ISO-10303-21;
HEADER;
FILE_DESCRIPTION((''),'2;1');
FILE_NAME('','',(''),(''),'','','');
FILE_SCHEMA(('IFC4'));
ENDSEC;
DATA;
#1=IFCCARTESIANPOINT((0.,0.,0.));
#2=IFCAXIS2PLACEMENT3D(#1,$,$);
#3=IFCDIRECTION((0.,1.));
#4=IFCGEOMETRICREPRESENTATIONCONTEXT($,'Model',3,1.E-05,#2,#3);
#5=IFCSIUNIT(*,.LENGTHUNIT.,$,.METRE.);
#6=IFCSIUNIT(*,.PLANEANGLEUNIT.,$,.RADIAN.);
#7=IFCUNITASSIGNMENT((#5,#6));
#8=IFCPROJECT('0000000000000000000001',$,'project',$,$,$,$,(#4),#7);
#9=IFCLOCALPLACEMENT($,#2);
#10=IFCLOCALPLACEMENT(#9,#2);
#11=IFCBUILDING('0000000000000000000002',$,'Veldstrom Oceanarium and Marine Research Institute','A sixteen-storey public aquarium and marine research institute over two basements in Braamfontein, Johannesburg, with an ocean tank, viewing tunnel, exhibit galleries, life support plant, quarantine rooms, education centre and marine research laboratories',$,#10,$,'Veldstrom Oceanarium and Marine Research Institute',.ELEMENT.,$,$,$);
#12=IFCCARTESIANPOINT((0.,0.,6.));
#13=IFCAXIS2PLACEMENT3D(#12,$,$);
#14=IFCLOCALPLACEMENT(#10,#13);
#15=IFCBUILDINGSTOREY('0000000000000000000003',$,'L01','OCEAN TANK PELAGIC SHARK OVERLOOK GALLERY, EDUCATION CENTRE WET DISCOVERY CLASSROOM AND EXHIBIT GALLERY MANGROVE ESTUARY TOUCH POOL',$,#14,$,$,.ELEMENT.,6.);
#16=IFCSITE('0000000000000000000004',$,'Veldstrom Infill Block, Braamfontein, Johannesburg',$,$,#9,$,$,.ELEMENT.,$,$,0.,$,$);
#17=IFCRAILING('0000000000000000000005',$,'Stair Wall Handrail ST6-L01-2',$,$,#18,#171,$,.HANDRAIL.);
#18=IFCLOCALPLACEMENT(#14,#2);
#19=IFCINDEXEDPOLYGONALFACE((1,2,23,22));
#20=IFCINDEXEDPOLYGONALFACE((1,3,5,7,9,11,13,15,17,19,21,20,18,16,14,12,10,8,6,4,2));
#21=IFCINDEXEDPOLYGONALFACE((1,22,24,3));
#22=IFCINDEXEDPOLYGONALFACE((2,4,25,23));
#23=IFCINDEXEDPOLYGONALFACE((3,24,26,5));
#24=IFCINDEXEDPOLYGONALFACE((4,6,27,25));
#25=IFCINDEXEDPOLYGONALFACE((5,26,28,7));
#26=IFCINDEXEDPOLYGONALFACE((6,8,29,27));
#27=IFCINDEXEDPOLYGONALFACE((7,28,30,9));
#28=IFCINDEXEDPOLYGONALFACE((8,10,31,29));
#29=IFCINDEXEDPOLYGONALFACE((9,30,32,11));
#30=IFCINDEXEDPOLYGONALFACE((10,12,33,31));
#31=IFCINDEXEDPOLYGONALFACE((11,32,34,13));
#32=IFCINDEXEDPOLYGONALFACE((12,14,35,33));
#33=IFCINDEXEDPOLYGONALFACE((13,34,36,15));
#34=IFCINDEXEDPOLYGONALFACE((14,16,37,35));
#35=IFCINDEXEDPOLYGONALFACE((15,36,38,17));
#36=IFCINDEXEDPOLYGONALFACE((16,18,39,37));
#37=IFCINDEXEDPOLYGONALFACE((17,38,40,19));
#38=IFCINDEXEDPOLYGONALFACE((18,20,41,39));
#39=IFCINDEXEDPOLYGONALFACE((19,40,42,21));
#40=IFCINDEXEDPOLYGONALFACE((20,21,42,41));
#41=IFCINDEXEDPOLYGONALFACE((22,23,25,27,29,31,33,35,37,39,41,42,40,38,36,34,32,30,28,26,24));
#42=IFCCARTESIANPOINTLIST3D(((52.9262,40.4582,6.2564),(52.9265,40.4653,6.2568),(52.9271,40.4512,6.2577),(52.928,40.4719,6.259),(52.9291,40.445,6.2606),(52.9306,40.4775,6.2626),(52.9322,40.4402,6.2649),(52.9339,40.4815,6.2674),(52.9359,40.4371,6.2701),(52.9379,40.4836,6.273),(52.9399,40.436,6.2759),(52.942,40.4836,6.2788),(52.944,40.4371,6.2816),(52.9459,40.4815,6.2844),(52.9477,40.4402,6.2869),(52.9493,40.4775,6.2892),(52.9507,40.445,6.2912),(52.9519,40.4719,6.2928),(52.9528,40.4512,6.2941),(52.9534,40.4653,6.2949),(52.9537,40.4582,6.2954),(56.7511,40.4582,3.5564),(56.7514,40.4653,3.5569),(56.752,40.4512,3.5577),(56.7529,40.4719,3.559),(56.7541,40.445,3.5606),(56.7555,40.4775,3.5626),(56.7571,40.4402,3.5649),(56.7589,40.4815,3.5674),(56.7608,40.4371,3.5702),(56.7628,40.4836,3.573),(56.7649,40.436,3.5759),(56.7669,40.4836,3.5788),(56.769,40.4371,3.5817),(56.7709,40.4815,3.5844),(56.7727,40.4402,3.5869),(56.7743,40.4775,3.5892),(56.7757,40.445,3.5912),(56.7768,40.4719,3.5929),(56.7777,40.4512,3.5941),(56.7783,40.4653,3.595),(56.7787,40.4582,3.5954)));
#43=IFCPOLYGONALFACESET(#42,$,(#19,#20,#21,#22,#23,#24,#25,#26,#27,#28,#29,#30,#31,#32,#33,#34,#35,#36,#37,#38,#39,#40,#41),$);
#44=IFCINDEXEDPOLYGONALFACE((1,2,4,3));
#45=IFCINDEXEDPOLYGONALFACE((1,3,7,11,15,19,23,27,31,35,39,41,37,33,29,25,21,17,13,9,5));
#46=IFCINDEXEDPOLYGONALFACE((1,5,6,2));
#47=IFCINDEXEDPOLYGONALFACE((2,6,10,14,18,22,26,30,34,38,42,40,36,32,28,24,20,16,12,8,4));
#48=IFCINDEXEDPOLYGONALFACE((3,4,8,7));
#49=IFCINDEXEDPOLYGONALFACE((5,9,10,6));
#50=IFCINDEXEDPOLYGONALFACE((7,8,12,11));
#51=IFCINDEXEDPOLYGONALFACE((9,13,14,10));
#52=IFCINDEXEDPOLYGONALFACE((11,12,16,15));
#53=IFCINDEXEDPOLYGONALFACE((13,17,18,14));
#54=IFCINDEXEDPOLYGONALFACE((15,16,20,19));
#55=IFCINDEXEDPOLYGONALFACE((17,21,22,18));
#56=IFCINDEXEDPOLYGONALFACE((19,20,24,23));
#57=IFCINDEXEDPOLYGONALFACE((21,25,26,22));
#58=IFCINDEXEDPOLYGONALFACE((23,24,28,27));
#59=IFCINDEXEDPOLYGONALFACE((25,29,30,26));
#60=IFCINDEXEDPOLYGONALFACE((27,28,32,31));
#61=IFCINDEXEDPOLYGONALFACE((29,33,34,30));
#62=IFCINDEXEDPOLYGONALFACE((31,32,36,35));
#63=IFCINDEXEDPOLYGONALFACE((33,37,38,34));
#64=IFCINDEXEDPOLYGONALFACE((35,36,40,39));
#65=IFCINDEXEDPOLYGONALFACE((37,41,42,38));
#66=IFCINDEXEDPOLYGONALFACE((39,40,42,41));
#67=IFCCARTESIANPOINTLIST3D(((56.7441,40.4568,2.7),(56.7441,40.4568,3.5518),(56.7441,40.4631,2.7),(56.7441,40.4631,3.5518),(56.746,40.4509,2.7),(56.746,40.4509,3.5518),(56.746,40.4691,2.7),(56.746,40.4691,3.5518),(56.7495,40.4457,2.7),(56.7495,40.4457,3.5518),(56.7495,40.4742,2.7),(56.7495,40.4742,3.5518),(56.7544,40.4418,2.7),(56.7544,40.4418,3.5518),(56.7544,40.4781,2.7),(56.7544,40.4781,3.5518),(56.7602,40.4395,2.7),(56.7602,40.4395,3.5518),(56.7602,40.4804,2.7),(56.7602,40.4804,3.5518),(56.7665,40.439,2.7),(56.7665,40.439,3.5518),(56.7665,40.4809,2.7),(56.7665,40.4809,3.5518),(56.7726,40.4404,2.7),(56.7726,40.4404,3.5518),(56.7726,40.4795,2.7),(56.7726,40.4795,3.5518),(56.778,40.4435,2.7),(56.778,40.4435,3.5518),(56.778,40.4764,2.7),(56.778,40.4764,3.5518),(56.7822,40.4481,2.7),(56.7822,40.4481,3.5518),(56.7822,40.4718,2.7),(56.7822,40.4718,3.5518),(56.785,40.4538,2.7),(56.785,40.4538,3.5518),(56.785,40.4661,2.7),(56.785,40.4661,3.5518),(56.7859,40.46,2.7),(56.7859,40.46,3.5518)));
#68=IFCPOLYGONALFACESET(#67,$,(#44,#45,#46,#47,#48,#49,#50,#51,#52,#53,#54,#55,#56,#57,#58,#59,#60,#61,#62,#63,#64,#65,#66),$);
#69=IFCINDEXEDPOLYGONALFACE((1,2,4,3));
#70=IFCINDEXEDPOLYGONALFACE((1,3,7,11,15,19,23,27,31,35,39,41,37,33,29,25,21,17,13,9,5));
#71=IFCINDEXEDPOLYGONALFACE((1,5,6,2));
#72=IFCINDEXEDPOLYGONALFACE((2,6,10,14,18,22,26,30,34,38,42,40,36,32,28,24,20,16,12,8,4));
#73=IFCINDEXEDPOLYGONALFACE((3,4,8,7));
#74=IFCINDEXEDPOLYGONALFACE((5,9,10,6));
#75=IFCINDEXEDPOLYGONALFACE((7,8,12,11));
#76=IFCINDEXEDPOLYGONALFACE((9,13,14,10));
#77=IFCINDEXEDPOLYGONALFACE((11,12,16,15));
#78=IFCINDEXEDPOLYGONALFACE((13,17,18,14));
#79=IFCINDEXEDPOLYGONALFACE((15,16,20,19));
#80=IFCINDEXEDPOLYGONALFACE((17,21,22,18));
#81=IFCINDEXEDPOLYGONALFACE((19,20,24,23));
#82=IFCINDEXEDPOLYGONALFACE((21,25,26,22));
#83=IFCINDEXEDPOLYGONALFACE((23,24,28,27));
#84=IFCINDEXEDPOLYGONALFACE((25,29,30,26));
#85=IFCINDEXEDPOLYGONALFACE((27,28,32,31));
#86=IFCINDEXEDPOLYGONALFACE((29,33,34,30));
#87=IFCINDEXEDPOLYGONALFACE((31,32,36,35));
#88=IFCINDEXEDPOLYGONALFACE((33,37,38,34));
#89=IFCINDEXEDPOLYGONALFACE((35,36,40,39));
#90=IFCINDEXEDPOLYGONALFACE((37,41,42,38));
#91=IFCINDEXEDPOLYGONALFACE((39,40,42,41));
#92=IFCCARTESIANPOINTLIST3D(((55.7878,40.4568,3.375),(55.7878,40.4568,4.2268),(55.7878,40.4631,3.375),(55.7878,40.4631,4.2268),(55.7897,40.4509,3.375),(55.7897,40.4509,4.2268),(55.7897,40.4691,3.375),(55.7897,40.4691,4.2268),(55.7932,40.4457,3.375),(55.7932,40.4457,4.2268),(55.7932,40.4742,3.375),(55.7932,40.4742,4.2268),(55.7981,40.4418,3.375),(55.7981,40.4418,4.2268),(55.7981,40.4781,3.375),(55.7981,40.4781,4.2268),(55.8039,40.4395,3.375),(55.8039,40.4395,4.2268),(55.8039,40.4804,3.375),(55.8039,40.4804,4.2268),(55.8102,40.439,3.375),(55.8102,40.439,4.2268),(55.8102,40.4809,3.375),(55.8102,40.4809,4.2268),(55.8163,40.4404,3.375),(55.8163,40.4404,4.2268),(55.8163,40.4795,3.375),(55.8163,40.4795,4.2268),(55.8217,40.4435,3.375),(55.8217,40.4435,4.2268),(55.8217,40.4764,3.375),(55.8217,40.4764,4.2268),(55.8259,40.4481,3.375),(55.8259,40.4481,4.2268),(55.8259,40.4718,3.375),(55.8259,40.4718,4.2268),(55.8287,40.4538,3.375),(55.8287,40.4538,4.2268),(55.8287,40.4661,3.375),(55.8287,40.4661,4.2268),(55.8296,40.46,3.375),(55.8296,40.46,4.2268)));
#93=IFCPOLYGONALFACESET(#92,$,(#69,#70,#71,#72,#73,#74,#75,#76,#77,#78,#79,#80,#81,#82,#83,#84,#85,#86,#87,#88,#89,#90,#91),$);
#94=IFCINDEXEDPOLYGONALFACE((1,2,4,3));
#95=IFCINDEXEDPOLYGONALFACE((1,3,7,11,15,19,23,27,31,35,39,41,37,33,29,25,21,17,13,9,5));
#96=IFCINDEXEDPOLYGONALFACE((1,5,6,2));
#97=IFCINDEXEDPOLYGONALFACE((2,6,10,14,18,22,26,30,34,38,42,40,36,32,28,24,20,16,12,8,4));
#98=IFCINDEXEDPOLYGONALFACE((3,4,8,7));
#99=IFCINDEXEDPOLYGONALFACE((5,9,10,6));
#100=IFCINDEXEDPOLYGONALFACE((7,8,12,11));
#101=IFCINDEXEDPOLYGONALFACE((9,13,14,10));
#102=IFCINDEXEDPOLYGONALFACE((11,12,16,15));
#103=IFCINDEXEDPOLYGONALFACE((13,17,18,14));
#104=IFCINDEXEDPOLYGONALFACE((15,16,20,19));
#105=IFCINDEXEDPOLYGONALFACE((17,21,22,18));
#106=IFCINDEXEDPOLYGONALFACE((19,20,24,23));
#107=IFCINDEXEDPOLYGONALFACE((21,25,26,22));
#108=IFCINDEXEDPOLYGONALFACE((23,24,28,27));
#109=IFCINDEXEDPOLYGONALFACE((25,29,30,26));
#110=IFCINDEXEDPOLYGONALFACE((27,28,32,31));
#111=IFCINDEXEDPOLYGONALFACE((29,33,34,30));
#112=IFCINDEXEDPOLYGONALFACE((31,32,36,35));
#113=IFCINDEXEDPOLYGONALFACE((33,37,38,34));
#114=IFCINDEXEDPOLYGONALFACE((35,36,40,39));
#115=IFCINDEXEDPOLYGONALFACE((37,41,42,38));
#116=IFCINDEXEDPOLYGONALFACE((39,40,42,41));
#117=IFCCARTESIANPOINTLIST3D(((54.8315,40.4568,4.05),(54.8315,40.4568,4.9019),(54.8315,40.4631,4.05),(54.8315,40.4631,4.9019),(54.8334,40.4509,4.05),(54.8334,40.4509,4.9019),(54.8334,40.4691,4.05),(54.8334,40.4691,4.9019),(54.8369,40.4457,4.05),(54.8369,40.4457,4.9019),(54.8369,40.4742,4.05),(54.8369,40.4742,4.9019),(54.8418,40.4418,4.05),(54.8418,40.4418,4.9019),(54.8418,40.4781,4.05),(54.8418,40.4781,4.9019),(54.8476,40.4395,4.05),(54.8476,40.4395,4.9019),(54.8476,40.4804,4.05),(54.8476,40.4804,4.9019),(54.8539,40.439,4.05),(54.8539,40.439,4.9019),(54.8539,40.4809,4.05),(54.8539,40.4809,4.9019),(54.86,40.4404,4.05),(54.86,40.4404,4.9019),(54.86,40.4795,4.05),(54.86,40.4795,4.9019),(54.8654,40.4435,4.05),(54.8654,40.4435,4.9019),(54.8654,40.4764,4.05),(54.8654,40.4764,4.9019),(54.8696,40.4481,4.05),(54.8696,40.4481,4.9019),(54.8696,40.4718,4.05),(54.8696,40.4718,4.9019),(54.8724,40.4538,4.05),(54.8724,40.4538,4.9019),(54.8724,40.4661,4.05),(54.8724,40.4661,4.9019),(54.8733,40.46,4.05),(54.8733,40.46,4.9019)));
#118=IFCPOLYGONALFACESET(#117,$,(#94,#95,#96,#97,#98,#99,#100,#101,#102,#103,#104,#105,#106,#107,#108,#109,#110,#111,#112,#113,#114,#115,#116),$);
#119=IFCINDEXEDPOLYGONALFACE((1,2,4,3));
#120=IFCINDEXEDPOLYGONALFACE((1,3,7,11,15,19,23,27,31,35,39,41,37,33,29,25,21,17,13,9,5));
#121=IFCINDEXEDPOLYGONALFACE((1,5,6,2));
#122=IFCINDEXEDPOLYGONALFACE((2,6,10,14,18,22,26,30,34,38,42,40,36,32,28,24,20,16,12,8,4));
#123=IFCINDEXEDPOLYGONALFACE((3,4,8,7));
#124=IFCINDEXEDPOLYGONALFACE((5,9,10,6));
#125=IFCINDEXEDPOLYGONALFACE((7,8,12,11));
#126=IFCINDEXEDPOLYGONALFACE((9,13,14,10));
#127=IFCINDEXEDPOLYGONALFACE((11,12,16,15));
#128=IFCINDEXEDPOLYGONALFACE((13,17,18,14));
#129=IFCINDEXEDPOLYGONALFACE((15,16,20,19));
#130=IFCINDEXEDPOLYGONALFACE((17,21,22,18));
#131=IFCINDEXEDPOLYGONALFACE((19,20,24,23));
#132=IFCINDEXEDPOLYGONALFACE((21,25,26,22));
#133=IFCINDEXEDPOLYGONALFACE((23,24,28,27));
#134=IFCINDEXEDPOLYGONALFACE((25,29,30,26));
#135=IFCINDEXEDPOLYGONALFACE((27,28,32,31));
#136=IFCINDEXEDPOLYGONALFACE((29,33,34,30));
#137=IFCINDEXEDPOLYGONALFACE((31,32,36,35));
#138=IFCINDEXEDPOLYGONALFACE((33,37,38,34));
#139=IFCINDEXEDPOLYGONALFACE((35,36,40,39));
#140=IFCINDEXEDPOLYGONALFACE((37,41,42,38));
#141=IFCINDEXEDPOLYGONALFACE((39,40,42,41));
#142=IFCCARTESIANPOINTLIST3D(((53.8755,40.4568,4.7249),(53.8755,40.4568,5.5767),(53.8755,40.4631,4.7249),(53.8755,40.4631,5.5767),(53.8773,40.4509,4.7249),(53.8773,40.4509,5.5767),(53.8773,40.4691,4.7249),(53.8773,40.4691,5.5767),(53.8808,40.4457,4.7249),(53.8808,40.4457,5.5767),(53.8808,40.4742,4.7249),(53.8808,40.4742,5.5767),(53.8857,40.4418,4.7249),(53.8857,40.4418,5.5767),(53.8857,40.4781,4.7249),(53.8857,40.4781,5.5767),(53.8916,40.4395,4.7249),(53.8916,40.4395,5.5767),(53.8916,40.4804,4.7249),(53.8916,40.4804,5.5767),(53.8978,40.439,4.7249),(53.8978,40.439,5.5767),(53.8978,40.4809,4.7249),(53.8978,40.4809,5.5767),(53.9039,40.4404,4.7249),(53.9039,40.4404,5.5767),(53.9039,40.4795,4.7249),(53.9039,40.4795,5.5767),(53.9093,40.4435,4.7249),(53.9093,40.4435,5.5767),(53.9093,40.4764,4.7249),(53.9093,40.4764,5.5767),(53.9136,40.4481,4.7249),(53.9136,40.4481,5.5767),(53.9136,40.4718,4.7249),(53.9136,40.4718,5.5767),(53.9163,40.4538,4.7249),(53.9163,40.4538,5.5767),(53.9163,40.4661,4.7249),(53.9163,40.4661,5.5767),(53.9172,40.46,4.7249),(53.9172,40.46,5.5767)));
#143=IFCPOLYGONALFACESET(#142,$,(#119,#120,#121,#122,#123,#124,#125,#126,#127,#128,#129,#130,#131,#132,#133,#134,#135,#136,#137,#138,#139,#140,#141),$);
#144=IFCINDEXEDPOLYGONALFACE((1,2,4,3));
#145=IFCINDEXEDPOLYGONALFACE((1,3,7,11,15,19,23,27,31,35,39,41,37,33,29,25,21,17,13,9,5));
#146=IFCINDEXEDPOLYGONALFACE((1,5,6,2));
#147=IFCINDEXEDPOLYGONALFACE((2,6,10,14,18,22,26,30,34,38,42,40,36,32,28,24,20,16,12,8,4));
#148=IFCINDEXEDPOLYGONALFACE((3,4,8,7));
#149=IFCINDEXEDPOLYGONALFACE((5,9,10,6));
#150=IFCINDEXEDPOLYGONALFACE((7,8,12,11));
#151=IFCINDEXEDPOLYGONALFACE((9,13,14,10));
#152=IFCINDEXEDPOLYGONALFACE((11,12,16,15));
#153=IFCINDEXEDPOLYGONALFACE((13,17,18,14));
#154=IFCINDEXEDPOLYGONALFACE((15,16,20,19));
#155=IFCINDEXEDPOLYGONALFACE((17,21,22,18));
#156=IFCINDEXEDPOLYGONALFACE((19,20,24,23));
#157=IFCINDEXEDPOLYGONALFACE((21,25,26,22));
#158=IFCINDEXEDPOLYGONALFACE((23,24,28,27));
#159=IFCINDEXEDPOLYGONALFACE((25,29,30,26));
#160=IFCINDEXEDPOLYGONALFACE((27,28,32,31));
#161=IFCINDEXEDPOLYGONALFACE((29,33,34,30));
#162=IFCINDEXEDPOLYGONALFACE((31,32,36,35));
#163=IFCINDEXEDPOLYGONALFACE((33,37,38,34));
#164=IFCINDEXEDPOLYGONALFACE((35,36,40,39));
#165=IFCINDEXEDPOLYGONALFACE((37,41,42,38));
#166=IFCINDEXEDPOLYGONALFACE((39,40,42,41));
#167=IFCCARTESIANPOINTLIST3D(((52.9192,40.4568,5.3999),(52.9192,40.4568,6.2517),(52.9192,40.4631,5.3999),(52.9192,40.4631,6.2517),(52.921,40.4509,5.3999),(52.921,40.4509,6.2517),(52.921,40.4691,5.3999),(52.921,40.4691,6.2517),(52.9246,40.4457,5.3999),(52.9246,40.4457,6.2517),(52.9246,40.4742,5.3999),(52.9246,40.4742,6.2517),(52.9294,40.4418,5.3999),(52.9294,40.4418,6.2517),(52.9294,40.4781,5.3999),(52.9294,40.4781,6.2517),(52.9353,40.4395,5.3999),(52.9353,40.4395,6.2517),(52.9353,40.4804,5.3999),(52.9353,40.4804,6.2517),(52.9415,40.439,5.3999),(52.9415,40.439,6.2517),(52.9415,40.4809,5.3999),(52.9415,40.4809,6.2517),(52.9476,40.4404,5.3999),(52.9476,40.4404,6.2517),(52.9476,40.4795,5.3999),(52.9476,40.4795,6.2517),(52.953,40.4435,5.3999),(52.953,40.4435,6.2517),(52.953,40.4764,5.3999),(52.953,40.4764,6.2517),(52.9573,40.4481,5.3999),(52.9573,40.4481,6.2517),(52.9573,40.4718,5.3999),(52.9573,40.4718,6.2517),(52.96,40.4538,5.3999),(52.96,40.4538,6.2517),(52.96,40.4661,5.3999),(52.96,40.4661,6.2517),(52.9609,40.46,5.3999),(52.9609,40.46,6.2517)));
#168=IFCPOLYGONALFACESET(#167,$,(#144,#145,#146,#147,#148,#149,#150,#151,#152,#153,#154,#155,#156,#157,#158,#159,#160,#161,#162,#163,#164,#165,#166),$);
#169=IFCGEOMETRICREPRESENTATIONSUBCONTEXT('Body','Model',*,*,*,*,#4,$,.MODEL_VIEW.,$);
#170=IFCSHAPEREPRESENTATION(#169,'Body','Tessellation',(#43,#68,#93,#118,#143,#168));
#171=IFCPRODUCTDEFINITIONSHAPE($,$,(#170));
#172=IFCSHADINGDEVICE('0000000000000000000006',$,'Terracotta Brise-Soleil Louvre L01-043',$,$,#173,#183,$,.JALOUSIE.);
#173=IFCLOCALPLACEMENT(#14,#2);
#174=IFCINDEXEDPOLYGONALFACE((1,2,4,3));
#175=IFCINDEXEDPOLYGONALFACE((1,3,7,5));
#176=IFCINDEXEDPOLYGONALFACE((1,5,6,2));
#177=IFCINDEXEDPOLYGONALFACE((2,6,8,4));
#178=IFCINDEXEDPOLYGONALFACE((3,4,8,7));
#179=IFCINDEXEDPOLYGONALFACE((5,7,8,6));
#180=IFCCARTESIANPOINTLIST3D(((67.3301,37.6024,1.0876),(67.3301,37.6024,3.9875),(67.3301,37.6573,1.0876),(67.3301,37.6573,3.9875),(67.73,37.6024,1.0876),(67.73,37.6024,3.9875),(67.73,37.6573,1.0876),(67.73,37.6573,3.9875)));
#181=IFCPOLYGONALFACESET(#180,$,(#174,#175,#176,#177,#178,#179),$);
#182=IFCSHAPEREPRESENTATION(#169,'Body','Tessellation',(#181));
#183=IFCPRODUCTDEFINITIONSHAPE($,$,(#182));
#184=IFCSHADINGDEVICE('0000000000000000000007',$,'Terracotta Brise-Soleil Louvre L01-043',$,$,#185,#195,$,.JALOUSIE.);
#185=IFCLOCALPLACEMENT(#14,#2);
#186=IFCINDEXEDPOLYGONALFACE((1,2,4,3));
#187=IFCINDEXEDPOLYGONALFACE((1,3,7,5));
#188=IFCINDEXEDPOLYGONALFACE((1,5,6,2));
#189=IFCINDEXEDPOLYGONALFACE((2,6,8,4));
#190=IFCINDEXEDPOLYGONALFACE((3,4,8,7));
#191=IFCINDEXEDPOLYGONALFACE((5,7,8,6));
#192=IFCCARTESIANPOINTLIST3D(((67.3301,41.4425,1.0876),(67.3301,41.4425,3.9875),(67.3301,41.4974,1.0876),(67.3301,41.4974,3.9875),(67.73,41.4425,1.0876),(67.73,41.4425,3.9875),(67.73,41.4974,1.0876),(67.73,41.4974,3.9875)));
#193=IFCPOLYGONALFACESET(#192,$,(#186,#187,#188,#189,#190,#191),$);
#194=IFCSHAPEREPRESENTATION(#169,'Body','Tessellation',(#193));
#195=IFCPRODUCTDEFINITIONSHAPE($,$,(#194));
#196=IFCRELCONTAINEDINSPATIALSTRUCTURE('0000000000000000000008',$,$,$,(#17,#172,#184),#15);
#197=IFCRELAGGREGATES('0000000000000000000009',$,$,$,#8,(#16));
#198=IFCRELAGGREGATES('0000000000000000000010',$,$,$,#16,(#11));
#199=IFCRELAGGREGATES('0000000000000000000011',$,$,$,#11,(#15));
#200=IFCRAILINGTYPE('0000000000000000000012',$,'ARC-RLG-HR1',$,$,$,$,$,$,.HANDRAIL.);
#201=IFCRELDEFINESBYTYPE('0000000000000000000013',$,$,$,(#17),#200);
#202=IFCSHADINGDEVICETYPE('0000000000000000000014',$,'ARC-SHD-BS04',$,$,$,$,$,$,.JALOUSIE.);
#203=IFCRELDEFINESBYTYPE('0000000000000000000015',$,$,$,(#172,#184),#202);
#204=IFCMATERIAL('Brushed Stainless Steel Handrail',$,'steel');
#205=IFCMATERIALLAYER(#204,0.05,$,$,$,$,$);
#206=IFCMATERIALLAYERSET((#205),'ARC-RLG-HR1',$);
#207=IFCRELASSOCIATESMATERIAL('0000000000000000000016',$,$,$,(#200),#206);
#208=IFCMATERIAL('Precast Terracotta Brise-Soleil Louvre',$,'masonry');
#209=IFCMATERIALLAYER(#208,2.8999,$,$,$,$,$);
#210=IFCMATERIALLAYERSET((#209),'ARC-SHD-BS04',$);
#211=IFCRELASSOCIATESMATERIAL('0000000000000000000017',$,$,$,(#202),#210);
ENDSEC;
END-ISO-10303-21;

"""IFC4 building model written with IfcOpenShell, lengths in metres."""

from ifc_helpers import new_model, si_unit, direction, frame, origin, origin_2d, place, context, subcontext, project, spatial, rectangle, circle, extrude, material, layer, layer_set, type_object, element, save


model = new_model("IFC4")

# Units and contexts
model_context = context("Model", 3, precision=1e-05, world=origin(), true_north=direction((0.0, 1.0)))
body_context = subcontext(model_context, "Body", "Model", "MODEL_VIEW")
ifc_project = project(units=[si_unit("LENGTHUNIT", "METRE"), si_unit("PLANEANGLEUNIT", "RADIAN")], contexts=[model_context])

# Site, building, storey
site_placement = place(None, origin())
site = spatial("IfcSite", under=ifc_project, at=site_placement, Name="Veldstrom Infill Block, Braamfontein, Johannesburg", CompositionType="ELEMENT", RefElevation=0.0)
building_placement = place(site_placement, origin())
building = spatial("IfcBuilding", under=site, at=building_placement, Name="Veldstrom Oceanarium and Marine Research Institute", Description="A sixteen-storey public aquarium and marine research institute over two basements in Braamfontein, Johannesburg, with an ocean tank, viewing tunnel, exhibit galleries, life support plant, quarantine rooms, education centre and marine research laboratories", LongName="Veldstrom Oceanarium and Marine Research Institute", CompositionType="ELEMENT")
storey_placement = place(building_placement, frame((0.0, 0.0, 6.0)))
storey = spatial("IfcBuildingStorey", under=building, at=storey_placement, Name="L01", Description="OCEAN TANK PELAGIC SHARK OVERLOOK GALLERY, EDUCATION CENTRE WET DISCOVERY CLASSROOM AND EXHIBIT GALLERY MANGROVE ESTUARY TOUCH POOL", CompositionType="ELEMENT", Elevation=6.0)

# Railing
ifc_material_1 = material(Name="Brushed Stainless Steel Handrail", Category="steel")
ifc_layer_1 = layer(ifc_material_1, 0.05)
ifc_layer_set_1 = layer_set([ifc_layer_1], Name="ARC-RLG-HR1")
railing_type_1 = type_object("IfcRailingType", Name="ARC-RLG-HR1", PredefinedType="HANDRAIL", material=ifc_layer_set_1)
railing_1_placement = place(storey_placement, frame((56.7649, 40.46, 2.7)))
element("IfcRailing", 1, at=railing_1_placement, inside=storey, type_object=railing_type_1, Name="Stair Wall Handrail ST6-L01-2", PredefinedType="HANDRAIL", context=body_context, shape_type="SweptSolid", body=[
    extrude(circle(Radius=0.0239, at=origin_2d()), frame((0.0, 0.0, 0.876), z_axis=(-0.816969, 0.0, 0.576681), x_axis=(0.0, -1.0, 0.0)), (0.0, 0.0, 1.0), 4.6819),
    extrude(circle(Radius=0.021, at=origin_2d()), origin(), (0.0, 0.0, 1.0), 0.8518),
    extrude(circle(Radius=0.021, at=origin_2d()), frame((-0.9563, 0.0, 0.675)), (0.0, 0.0, 1.0), 0.8518),
    extrude(circle(Radius=0.021, at=origin_2d()), frame((-1.9126, 0.0, 1.3501)), (0.0, 0.0, 1.0), 0.8518),
    extrude(circle(Radius=0.021, at=origin_2d()), frame((-2.8687, 0.0, 2.0249)), (0.0, 0.0, 1.0), 0.8518),
    extrude(circle(Radius=0.021, at=origin_2d()), frame((-3.825, 0.0, 2.7)), (0.0, 0.0, 1.0), 0.8518),
])

# Shading devices
ifc_material_2 = material(Name="Precast Terracotta Brise-Soleil Louvre", Category="masonry")
ifc_layer_2 = layer(ifc_material_2, 2.8999)
ifc_layer_set_2 = layer_set([ifc_layer_2], Name="ARC-SHD-BS04")
shading_device_type = type_object("IfcShadingDeviceType", Name="ARC-SHD-BS04", PredefinedType="JALOUSIE", material=ifc_layer_set_2)
for number, where, z_axis, x_axis, name in (
    (2, (67.53, 37.6299, 1.0876), (0.0, 0.0, 1.0), (1.0, 0.0, 0.0), "Terracotta Brise-Soleil Louvre L01-043"),
    (3, (67.53, 41.47, 1.0876), (0.0, 0.0, 1.0), (1.0, 0.0, 0.0), "Terracotta Brise-Soleil Louvre L01-043"),
):
    element("IfcShadingDevice", number, at=place(storey_placement, frame(where, z_axis=z_axis, x_axis=x_axis)), inside=storey, type_object=shading_device_type, Name=name, PredefinedType="JALOUSIE", context=body_context, shape_type="SweptSolid", body=[
        extrude(rectangle(XDim=0.3999, YDim=0.0549, at=origin_2d()), origin(), (0.0, 0.0, 1.0), 2.8999),
    ])

save(model, "model.ifc")
